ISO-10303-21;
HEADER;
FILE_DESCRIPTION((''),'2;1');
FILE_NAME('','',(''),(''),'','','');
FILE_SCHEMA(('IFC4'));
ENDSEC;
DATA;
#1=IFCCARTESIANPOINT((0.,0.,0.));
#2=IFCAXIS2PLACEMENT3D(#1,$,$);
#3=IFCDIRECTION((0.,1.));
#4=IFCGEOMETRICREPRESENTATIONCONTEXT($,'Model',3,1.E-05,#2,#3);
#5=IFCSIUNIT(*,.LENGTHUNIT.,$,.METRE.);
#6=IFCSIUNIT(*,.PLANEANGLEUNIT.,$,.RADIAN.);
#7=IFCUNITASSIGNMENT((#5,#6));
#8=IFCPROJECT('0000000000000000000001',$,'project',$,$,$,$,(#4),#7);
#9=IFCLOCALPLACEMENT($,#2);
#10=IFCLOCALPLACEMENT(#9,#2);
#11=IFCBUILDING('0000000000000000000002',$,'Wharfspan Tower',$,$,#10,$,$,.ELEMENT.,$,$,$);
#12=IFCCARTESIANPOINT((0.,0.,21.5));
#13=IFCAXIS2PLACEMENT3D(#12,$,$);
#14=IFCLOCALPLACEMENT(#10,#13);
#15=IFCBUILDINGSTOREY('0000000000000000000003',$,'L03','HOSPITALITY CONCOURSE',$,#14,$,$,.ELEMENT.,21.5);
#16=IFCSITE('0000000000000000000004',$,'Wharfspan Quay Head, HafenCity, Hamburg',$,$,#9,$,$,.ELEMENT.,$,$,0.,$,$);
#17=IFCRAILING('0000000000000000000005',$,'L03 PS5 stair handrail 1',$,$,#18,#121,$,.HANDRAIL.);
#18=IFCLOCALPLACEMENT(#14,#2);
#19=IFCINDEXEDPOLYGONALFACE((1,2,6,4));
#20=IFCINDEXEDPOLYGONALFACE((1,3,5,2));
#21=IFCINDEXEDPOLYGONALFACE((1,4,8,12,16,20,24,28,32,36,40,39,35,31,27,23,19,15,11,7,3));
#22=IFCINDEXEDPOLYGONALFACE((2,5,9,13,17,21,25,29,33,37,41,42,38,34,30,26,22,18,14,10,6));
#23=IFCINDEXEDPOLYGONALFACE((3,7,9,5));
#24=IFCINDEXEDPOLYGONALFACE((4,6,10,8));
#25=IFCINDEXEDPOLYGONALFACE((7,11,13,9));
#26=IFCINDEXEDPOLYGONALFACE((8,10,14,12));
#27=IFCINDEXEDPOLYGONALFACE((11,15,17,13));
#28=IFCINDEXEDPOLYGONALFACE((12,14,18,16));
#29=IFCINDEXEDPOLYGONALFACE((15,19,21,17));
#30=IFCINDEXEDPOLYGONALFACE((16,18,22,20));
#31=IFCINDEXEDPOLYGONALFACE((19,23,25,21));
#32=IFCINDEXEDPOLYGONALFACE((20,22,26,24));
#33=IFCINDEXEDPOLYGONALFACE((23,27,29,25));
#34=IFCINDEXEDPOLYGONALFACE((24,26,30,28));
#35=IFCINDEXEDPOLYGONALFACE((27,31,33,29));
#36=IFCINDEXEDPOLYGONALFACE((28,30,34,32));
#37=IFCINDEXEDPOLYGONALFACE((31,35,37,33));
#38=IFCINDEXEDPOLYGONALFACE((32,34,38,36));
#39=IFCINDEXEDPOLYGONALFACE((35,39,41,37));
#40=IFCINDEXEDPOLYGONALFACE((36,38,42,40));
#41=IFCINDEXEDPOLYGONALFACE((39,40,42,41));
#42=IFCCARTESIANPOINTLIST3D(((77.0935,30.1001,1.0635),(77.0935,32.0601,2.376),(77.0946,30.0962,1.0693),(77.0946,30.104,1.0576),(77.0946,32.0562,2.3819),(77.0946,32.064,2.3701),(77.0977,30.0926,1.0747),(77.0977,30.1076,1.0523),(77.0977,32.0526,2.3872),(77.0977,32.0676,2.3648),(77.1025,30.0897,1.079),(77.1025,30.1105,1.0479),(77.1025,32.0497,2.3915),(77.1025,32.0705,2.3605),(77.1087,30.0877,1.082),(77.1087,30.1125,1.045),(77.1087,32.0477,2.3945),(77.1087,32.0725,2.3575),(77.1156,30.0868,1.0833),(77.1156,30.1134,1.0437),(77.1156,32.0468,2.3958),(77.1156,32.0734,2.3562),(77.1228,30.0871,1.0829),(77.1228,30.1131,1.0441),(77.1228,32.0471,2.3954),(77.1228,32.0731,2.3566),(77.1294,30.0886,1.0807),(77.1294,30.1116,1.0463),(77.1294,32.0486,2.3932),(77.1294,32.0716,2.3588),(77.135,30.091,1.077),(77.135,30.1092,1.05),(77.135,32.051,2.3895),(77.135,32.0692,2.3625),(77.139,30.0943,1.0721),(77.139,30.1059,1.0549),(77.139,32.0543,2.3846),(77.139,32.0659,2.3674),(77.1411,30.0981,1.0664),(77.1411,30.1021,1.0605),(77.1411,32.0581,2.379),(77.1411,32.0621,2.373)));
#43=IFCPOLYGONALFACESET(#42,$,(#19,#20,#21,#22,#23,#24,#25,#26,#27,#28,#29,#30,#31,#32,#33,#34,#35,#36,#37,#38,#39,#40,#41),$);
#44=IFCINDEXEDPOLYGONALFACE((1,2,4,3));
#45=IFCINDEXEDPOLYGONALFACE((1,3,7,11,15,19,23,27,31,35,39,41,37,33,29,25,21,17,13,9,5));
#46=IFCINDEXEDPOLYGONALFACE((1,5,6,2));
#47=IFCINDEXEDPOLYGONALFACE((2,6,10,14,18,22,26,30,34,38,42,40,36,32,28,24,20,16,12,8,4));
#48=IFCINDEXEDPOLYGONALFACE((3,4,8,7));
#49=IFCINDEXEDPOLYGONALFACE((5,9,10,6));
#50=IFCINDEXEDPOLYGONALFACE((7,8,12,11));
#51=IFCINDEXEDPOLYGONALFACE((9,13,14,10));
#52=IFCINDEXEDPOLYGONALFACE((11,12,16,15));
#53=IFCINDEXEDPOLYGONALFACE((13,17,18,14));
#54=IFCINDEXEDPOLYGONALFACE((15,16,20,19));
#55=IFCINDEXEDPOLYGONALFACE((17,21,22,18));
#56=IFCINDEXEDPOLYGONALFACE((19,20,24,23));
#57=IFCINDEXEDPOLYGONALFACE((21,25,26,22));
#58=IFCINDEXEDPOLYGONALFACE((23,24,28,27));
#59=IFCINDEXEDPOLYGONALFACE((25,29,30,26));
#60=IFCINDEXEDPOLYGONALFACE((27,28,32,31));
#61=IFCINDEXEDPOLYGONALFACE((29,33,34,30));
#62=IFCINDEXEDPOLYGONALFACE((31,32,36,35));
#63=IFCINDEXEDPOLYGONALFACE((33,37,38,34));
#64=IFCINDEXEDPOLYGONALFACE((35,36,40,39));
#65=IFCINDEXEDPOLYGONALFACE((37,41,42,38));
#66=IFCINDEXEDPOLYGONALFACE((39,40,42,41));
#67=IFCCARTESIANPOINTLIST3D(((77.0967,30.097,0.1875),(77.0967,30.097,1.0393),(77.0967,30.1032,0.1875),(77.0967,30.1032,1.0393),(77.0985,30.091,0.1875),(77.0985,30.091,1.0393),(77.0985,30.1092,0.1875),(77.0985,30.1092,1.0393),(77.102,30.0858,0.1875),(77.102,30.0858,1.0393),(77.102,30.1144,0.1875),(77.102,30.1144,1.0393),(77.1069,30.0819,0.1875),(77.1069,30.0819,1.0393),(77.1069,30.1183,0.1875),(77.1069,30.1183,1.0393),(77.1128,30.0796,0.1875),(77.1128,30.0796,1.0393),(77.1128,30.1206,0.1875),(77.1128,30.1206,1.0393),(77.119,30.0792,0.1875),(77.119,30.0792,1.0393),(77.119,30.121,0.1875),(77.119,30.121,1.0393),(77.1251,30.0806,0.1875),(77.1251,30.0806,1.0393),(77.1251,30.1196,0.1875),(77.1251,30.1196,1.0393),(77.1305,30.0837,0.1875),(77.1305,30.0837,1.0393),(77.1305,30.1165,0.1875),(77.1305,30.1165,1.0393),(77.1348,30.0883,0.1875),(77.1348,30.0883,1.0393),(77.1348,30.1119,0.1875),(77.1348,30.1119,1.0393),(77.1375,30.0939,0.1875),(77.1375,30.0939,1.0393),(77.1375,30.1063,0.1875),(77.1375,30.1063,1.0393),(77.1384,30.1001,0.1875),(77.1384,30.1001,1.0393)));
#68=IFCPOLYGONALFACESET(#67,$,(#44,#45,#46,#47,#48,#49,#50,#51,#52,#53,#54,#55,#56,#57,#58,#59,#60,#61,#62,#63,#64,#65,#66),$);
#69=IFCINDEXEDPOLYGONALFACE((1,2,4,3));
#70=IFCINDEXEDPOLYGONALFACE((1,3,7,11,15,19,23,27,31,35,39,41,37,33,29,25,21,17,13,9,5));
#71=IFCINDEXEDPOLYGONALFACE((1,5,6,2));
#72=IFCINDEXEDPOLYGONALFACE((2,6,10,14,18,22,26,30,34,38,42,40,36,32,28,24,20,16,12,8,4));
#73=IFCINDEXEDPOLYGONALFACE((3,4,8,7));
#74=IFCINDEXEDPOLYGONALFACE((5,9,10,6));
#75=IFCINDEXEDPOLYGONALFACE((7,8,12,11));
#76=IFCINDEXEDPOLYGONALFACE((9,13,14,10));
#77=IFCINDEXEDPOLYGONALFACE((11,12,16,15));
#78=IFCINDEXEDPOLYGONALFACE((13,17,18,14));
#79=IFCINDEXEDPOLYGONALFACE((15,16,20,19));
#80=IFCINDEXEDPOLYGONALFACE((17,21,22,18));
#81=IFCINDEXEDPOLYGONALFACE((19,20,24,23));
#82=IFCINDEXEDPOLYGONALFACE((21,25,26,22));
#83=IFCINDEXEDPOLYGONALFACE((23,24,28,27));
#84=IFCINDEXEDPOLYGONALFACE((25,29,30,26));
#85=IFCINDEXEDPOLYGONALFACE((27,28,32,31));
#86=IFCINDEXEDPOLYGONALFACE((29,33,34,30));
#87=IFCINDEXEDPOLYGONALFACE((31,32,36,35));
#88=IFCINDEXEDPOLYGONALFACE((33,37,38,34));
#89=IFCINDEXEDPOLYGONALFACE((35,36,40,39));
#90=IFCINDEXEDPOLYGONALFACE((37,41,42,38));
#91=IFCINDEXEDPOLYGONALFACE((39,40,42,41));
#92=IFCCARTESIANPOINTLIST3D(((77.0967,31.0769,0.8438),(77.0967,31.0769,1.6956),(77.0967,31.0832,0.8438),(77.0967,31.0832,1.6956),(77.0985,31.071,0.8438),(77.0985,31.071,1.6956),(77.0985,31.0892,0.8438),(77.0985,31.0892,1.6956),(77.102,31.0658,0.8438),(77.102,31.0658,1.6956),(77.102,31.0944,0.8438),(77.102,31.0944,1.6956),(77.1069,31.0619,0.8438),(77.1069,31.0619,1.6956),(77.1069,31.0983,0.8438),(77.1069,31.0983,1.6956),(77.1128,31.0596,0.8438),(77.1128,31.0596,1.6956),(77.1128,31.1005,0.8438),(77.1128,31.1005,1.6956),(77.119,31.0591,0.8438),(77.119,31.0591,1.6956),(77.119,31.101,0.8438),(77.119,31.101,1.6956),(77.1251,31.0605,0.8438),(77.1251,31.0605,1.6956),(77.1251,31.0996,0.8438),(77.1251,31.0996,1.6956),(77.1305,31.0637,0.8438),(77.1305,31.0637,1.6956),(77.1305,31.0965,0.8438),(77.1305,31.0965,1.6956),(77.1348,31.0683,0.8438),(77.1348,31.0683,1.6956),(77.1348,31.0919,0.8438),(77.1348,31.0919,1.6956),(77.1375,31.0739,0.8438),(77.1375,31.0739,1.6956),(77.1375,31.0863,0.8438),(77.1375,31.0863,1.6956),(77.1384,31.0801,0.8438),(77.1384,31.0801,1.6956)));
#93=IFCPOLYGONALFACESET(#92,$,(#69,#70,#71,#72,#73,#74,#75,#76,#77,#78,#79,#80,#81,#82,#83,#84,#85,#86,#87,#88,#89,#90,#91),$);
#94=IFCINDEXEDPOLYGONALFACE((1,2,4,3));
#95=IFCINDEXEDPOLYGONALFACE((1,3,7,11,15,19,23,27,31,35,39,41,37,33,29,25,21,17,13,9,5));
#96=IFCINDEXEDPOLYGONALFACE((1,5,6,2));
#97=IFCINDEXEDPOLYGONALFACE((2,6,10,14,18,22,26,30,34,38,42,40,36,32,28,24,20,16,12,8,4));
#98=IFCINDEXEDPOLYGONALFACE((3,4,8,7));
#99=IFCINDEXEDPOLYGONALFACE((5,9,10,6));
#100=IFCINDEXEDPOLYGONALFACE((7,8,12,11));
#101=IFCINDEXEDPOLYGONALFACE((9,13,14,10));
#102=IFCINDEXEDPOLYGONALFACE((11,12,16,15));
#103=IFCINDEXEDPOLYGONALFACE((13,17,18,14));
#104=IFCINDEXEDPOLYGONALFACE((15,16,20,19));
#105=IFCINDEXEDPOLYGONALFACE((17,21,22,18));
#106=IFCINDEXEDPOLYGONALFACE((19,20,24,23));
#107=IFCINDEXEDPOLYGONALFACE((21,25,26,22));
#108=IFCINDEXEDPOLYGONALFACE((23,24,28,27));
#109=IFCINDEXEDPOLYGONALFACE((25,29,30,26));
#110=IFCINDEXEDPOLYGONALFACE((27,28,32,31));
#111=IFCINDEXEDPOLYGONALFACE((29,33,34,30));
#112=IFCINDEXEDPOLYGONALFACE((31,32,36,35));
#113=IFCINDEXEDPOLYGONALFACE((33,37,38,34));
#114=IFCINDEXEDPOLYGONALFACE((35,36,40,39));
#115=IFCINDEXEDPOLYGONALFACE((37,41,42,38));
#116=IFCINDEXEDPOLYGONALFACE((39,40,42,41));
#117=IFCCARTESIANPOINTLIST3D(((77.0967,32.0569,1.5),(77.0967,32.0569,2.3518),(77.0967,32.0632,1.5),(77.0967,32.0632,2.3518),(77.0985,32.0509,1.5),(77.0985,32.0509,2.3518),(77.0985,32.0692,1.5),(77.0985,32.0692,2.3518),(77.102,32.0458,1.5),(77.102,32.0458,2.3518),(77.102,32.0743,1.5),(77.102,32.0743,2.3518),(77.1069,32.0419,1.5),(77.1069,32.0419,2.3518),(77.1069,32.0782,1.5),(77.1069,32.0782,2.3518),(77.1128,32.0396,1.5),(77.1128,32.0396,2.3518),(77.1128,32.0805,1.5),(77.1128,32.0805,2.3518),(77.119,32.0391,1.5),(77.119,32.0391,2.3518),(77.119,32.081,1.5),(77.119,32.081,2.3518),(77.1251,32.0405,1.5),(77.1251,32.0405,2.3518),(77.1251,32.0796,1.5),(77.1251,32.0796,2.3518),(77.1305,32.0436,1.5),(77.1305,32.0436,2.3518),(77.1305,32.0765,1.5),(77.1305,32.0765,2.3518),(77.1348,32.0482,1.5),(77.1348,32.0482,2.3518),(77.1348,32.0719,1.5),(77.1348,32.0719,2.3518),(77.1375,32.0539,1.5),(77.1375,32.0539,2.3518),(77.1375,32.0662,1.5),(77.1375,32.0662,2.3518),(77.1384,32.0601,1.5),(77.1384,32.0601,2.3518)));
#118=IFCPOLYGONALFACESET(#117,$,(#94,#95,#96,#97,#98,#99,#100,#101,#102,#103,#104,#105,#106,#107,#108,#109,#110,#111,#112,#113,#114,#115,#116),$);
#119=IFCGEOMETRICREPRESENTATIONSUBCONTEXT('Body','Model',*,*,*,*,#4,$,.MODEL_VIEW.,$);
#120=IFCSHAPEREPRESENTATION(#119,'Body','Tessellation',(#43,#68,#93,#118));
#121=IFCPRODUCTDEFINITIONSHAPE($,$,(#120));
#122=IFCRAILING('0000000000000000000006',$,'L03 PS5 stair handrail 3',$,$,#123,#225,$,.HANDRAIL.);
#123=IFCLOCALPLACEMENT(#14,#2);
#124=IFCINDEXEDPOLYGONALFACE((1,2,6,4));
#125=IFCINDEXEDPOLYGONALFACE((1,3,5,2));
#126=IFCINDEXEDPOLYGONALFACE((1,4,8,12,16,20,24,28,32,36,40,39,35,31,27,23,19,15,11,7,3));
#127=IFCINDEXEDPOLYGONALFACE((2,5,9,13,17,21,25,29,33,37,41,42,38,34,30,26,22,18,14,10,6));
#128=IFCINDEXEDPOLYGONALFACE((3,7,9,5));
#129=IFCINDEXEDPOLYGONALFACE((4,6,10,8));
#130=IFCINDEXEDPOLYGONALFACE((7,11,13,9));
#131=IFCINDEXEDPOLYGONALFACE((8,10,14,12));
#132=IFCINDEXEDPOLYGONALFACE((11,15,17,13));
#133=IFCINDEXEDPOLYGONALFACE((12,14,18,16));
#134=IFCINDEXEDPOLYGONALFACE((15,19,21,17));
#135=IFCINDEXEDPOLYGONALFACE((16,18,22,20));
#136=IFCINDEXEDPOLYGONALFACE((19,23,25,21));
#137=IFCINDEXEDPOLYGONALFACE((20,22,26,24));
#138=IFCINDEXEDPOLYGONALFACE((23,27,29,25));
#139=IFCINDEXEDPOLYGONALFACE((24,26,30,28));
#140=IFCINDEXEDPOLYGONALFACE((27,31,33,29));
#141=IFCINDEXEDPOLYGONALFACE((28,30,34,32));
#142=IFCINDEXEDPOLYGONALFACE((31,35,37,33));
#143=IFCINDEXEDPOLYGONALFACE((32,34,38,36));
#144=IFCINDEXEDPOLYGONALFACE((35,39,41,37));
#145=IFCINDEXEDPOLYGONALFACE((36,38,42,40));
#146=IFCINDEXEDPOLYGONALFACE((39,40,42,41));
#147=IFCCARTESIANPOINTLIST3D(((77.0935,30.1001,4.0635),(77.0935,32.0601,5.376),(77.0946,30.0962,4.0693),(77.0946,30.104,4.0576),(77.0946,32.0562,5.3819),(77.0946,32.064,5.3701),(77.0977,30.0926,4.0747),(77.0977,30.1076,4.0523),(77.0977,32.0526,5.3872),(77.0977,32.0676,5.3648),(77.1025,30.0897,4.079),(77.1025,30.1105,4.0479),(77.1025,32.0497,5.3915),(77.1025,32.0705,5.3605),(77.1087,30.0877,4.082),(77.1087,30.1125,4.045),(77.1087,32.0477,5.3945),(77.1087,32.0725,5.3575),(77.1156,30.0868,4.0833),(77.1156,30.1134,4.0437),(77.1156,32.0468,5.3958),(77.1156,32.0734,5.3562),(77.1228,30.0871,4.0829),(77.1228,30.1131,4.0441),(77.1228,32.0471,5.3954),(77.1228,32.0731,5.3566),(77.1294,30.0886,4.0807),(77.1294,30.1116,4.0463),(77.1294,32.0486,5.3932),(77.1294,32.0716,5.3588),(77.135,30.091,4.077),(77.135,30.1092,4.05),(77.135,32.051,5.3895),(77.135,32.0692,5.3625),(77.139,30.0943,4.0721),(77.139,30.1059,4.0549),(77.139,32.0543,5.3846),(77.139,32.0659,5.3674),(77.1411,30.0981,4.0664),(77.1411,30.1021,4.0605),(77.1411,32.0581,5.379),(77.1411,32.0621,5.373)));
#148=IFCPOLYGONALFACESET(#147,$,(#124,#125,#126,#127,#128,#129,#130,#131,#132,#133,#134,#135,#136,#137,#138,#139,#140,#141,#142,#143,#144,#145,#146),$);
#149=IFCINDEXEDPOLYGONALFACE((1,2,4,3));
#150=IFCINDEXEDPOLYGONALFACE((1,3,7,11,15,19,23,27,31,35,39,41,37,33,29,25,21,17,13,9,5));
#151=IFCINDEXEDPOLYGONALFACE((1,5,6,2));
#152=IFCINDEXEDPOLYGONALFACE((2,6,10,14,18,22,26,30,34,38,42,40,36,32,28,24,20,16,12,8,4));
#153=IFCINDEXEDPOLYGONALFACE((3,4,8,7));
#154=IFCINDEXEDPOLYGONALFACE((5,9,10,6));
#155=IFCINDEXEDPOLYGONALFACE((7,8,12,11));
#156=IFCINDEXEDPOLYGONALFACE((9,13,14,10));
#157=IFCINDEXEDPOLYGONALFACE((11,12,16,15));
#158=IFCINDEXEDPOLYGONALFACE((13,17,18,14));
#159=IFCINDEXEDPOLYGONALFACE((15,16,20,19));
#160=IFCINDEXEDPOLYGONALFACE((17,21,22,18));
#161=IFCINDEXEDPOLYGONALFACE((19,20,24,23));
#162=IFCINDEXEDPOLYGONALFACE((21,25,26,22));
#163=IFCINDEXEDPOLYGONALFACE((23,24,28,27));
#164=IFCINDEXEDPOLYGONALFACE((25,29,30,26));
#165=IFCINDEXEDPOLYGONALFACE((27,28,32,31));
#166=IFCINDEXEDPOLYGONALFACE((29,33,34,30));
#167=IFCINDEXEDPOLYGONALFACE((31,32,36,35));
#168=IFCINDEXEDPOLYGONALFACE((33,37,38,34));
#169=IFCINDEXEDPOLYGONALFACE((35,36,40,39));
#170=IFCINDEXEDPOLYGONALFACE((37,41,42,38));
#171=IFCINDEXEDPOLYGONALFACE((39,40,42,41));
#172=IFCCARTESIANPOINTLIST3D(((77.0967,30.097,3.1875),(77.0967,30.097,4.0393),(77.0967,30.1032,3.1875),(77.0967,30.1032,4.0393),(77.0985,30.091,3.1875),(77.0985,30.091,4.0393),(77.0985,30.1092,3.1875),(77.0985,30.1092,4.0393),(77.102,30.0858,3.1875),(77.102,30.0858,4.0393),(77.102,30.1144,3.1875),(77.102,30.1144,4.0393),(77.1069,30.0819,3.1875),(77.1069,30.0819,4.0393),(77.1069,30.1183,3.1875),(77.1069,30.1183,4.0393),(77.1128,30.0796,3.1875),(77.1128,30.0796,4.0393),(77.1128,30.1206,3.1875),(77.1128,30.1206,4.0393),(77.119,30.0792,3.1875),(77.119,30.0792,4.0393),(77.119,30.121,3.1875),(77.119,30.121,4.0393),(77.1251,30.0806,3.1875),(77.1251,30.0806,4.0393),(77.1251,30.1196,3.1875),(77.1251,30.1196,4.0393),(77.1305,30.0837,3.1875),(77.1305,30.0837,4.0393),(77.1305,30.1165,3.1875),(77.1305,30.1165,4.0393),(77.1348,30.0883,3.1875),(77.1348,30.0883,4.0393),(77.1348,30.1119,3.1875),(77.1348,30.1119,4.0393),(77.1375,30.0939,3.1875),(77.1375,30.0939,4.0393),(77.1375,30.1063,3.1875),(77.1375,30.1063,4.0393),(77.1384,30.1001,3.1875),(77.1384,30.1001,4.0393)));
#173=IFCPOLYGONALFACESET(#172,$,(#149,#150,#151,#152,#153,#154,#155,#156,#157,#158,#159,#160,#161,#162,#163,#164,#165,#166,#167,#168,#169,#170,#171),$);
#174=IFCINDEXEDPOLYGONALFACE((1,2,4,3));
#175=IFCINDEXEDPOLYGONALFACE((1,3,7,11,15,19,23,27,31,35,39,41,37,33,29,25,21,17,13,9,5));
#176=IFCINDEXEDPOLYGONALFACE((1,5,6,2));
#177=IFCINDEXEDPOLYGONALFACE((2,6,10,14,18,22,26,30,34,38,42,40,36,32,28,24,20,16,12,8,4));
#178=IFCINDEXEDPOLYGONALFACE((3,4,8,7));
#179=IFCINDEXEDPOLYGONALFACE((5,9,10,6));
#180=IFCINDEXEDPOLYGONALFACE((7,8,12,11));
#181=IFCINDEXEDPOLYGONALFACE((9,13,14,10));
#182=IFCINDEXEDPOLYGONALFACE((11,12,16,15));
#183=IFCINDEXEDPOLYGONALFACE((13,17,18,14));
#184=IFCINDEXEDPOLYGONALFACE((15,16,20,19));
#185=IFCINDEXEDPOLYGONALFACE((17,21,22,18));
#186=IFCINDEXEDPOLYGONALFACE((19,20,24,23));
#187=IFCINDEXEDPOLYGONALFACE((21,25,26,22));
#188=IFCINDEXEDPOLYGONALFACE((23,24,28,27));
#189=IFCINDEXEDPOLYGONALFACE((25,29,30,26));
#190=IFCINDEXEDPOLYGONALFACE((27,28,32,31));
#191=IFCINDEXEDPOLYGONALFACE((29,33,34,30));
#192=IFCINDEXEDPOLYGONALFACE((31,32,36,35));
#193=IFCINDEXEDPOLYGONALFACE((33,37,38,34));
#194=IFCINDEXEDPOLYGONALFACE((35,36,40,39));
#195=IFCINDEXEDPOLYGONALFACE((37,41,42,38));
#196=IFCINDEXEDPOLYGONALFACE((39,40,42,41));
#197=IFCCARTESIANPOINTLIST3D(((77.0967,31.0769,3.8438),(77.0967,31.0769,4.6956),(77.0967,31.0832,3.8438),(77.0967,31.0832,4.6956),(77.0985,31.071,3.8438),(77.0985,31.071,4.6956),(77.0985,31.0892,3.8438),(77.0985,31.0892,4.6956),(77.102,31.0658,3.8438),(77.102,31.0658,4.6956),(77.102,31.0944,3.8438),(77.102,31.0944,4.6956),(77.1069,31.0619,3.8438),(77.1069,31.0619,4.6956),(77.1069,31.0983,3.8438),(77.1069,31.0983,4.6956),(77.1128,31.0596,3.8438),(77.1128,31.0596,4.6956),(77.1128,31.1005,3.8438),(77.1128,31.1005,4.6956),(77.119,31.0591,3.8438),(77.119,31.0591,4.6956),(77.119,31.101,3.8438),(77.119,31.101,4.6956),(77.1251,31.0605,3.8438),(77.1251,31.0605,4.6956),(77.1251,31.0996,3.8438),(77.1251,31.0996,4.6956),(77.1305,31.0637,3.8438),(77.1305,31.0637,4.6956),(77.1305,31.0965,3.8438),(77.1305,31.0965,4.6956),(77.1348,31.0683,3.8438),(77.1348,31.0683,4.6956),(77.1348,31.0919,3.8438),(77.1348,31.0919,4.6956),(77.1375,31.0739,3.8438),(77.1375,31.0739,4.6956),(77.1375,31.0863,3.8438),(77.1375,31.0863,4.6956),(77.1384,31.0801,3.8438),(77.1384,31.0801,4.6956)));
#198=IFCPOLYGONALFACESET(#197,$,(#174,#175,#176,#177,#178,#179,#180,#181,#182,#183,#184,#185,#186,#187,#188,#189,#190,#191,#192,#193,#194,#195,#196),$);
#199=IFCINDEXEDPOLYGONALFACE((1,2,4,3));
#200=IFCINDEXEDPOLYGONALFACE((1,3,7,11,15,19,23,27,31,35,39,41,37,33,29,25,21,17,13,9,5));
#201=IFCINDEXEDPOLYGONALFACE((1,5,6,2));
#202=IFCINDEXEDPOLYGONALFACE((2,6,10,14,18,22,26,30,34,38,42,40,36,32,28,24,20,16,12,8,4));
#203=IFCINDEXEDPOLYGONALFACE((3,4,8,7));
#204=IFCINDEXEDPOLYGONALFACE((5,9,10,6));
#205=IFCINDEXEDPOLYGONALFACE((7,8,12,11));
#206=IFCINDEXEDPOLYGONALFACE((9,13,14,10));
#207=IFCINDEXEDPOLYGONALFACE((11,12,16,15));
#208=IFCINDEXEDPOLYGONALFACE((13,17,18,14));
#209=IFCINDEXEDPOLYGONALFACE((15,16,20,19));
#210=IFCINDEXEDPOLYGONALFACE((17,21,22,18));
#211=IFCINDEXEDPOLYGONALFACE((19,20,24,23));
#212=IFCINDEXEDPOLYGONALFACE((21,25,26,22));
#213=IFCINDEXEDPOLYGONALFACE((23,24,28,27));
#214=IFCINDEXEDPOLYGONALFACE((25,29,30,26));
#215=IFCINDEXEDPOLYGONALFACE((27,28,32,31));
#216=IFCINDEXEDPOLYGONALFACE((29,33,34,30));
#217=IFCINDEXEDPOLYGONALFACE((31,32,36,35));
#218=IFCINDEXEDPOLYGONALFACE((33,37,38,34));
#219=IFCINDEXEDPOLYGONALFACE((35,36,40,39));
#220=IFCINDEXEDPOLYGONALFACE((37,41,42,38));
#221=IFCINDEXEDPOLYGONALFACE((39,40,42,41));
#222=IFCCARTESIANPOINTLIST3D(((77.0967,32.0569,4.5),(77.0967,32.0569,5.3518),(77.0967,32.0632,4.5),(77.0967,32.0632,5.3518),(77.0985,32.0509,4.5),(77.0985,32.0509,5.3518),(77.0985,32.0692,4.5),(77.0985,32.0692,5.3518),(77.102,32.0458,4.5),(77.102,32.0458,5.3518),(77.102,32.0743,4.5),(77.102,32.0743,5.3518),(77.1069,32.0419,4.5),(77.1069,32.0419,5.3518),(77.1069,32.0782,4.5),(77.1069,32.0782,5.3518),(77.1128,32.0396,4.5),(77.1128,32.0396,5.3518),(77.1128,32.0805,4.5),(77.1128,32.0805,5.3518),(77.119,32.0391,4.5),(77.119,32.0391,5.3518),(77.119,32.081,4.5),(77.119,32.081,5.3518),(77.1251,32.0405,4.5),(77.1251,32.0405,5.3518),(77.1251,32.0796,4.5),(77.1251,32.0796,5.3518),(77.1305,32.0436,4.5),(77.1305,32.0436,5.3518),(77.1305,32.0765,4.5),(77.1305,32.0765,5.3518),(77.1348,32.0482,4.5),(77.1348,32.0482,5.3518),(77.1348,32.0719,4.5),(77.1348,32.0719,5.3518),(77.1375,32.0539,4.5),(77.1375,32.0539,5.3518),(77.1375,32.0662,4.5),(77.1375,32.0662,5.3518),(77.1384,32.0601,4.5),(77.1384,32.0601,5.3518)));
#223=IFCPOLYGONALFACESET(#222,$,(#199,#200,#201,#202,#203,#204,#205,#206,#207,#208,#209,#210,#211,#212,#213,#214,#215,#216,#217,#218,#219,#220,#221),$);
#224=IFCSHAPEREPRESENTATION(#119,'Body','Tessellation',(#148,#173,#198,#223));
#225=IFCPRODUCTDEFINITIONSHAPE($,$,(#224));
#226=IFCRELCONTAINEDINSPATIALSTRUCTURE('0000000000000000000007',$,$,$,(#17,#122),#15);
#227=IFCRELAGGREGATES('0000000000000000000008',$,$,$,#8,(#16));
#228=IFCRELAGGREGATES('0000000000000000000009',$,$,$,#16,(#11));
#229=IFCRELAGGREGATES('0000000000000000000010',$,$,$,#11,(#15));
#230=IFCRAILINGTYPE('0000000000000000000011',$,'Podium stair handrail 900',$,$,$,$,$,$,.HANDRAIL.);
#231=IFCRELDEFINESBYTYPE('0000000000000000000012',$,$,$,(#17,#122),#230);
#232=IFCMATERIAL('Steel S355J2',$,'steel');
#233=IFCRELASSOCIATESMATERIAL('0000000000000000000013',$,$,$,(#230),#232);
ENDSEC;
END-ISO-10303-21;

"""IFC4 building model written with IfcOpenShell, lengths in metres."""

from ifc_helpers import new_model, si_unit, direction, frame, origin, origin_2d, place, context, subcontext, project, spatial, circle, extrude, material, type_object, element, save


model = new_model("IFC4")

# Units and contexts
model_context = context("Model", 3, precision=1e-05, world=origin(), true_north=direction((0.0, 1.0)))
body_context = subcontext(model_context, "Body", "Model", "MODEL_VIEW")
ifc_project = project(units=[si_unit("LENGTHUNIT", "METRE"), si_unit("PLANEANGLEUNIT", "RADIAN")], contexts=[model_context])

# Site, building, storey
site_placement = place(None, origin())
site = spatial("IfcSite", under=ifc_project, at=site_placement, Name="Wharfspan Quay Head, HafenCity, Hamburg", CompositionType="ELEMENT", RefElevation=0.0)
building_placement = place(site_placement, origin())
building = spatial("IfcBuilding", under=site, at=building_placement, Name="Wharfspan Tower", CompositionType="ELEMENT")
storey_placement = place(building_placement, frame((0.0, 0.0, 21.5)))
storey = spatial("IfcBuildingStorey", under=building, at=storey_placement, Name="L03", Description="HOSPITALITY CONCOURSE", CompositionType="ELEMENT", Elevation=21.5)

# Railings
ifc_material_1 = material(Name="Steel S355J2", Category="steel")
railing_type_1 = type_object("IfcRailingType", Name="Podium stair handrail 900", PredefinedType="HANDRAIL", material=ifc_material_1)
for number, where, name in (
    (1, (77.1174, 30.1001, 0.1875), "L03 PS5 stair handrail 1"),
    (2, (77.1174, 30.1001, 3.1875), "L03 PS5 stair handrail 3"),
):
    element("IfcRailing", number, at=place(storey_placement, frame(where)), inside=storey, type_object=railing_type_1, Name=name, PredefinedType="HANDRAIL", context=body_context, shape_type="SweptSolid", body=[
        extrude(circle(Radius=0.0239, at=origin_2d()), frame((0.0, 0.0, 0.876), z_axis=(0.0, 0.830902, 0.556419), x_axis=(-1.0, 0.0, 0.0)), (0.0, 0.0, 1.0), 2.3589),
        extrude(circle(Radius=0.021, at=origin_2d()), origin(), (0.0, 0.0, 1.0), 0.8518),
        extrude(circle(Radius=0.021, at=origin_2d()), frame((0.0, 0.98, 0.6562)), (0.0, 0.0, 1.0), 0.8518),
        extrude(circle(Radius=0.021, at=origin_2d()), frame((0.0, 1.96, 1.3125)), (0.0, 0.0, 1.0), 0.8518),
    ])

save(model, "model.ifc")
